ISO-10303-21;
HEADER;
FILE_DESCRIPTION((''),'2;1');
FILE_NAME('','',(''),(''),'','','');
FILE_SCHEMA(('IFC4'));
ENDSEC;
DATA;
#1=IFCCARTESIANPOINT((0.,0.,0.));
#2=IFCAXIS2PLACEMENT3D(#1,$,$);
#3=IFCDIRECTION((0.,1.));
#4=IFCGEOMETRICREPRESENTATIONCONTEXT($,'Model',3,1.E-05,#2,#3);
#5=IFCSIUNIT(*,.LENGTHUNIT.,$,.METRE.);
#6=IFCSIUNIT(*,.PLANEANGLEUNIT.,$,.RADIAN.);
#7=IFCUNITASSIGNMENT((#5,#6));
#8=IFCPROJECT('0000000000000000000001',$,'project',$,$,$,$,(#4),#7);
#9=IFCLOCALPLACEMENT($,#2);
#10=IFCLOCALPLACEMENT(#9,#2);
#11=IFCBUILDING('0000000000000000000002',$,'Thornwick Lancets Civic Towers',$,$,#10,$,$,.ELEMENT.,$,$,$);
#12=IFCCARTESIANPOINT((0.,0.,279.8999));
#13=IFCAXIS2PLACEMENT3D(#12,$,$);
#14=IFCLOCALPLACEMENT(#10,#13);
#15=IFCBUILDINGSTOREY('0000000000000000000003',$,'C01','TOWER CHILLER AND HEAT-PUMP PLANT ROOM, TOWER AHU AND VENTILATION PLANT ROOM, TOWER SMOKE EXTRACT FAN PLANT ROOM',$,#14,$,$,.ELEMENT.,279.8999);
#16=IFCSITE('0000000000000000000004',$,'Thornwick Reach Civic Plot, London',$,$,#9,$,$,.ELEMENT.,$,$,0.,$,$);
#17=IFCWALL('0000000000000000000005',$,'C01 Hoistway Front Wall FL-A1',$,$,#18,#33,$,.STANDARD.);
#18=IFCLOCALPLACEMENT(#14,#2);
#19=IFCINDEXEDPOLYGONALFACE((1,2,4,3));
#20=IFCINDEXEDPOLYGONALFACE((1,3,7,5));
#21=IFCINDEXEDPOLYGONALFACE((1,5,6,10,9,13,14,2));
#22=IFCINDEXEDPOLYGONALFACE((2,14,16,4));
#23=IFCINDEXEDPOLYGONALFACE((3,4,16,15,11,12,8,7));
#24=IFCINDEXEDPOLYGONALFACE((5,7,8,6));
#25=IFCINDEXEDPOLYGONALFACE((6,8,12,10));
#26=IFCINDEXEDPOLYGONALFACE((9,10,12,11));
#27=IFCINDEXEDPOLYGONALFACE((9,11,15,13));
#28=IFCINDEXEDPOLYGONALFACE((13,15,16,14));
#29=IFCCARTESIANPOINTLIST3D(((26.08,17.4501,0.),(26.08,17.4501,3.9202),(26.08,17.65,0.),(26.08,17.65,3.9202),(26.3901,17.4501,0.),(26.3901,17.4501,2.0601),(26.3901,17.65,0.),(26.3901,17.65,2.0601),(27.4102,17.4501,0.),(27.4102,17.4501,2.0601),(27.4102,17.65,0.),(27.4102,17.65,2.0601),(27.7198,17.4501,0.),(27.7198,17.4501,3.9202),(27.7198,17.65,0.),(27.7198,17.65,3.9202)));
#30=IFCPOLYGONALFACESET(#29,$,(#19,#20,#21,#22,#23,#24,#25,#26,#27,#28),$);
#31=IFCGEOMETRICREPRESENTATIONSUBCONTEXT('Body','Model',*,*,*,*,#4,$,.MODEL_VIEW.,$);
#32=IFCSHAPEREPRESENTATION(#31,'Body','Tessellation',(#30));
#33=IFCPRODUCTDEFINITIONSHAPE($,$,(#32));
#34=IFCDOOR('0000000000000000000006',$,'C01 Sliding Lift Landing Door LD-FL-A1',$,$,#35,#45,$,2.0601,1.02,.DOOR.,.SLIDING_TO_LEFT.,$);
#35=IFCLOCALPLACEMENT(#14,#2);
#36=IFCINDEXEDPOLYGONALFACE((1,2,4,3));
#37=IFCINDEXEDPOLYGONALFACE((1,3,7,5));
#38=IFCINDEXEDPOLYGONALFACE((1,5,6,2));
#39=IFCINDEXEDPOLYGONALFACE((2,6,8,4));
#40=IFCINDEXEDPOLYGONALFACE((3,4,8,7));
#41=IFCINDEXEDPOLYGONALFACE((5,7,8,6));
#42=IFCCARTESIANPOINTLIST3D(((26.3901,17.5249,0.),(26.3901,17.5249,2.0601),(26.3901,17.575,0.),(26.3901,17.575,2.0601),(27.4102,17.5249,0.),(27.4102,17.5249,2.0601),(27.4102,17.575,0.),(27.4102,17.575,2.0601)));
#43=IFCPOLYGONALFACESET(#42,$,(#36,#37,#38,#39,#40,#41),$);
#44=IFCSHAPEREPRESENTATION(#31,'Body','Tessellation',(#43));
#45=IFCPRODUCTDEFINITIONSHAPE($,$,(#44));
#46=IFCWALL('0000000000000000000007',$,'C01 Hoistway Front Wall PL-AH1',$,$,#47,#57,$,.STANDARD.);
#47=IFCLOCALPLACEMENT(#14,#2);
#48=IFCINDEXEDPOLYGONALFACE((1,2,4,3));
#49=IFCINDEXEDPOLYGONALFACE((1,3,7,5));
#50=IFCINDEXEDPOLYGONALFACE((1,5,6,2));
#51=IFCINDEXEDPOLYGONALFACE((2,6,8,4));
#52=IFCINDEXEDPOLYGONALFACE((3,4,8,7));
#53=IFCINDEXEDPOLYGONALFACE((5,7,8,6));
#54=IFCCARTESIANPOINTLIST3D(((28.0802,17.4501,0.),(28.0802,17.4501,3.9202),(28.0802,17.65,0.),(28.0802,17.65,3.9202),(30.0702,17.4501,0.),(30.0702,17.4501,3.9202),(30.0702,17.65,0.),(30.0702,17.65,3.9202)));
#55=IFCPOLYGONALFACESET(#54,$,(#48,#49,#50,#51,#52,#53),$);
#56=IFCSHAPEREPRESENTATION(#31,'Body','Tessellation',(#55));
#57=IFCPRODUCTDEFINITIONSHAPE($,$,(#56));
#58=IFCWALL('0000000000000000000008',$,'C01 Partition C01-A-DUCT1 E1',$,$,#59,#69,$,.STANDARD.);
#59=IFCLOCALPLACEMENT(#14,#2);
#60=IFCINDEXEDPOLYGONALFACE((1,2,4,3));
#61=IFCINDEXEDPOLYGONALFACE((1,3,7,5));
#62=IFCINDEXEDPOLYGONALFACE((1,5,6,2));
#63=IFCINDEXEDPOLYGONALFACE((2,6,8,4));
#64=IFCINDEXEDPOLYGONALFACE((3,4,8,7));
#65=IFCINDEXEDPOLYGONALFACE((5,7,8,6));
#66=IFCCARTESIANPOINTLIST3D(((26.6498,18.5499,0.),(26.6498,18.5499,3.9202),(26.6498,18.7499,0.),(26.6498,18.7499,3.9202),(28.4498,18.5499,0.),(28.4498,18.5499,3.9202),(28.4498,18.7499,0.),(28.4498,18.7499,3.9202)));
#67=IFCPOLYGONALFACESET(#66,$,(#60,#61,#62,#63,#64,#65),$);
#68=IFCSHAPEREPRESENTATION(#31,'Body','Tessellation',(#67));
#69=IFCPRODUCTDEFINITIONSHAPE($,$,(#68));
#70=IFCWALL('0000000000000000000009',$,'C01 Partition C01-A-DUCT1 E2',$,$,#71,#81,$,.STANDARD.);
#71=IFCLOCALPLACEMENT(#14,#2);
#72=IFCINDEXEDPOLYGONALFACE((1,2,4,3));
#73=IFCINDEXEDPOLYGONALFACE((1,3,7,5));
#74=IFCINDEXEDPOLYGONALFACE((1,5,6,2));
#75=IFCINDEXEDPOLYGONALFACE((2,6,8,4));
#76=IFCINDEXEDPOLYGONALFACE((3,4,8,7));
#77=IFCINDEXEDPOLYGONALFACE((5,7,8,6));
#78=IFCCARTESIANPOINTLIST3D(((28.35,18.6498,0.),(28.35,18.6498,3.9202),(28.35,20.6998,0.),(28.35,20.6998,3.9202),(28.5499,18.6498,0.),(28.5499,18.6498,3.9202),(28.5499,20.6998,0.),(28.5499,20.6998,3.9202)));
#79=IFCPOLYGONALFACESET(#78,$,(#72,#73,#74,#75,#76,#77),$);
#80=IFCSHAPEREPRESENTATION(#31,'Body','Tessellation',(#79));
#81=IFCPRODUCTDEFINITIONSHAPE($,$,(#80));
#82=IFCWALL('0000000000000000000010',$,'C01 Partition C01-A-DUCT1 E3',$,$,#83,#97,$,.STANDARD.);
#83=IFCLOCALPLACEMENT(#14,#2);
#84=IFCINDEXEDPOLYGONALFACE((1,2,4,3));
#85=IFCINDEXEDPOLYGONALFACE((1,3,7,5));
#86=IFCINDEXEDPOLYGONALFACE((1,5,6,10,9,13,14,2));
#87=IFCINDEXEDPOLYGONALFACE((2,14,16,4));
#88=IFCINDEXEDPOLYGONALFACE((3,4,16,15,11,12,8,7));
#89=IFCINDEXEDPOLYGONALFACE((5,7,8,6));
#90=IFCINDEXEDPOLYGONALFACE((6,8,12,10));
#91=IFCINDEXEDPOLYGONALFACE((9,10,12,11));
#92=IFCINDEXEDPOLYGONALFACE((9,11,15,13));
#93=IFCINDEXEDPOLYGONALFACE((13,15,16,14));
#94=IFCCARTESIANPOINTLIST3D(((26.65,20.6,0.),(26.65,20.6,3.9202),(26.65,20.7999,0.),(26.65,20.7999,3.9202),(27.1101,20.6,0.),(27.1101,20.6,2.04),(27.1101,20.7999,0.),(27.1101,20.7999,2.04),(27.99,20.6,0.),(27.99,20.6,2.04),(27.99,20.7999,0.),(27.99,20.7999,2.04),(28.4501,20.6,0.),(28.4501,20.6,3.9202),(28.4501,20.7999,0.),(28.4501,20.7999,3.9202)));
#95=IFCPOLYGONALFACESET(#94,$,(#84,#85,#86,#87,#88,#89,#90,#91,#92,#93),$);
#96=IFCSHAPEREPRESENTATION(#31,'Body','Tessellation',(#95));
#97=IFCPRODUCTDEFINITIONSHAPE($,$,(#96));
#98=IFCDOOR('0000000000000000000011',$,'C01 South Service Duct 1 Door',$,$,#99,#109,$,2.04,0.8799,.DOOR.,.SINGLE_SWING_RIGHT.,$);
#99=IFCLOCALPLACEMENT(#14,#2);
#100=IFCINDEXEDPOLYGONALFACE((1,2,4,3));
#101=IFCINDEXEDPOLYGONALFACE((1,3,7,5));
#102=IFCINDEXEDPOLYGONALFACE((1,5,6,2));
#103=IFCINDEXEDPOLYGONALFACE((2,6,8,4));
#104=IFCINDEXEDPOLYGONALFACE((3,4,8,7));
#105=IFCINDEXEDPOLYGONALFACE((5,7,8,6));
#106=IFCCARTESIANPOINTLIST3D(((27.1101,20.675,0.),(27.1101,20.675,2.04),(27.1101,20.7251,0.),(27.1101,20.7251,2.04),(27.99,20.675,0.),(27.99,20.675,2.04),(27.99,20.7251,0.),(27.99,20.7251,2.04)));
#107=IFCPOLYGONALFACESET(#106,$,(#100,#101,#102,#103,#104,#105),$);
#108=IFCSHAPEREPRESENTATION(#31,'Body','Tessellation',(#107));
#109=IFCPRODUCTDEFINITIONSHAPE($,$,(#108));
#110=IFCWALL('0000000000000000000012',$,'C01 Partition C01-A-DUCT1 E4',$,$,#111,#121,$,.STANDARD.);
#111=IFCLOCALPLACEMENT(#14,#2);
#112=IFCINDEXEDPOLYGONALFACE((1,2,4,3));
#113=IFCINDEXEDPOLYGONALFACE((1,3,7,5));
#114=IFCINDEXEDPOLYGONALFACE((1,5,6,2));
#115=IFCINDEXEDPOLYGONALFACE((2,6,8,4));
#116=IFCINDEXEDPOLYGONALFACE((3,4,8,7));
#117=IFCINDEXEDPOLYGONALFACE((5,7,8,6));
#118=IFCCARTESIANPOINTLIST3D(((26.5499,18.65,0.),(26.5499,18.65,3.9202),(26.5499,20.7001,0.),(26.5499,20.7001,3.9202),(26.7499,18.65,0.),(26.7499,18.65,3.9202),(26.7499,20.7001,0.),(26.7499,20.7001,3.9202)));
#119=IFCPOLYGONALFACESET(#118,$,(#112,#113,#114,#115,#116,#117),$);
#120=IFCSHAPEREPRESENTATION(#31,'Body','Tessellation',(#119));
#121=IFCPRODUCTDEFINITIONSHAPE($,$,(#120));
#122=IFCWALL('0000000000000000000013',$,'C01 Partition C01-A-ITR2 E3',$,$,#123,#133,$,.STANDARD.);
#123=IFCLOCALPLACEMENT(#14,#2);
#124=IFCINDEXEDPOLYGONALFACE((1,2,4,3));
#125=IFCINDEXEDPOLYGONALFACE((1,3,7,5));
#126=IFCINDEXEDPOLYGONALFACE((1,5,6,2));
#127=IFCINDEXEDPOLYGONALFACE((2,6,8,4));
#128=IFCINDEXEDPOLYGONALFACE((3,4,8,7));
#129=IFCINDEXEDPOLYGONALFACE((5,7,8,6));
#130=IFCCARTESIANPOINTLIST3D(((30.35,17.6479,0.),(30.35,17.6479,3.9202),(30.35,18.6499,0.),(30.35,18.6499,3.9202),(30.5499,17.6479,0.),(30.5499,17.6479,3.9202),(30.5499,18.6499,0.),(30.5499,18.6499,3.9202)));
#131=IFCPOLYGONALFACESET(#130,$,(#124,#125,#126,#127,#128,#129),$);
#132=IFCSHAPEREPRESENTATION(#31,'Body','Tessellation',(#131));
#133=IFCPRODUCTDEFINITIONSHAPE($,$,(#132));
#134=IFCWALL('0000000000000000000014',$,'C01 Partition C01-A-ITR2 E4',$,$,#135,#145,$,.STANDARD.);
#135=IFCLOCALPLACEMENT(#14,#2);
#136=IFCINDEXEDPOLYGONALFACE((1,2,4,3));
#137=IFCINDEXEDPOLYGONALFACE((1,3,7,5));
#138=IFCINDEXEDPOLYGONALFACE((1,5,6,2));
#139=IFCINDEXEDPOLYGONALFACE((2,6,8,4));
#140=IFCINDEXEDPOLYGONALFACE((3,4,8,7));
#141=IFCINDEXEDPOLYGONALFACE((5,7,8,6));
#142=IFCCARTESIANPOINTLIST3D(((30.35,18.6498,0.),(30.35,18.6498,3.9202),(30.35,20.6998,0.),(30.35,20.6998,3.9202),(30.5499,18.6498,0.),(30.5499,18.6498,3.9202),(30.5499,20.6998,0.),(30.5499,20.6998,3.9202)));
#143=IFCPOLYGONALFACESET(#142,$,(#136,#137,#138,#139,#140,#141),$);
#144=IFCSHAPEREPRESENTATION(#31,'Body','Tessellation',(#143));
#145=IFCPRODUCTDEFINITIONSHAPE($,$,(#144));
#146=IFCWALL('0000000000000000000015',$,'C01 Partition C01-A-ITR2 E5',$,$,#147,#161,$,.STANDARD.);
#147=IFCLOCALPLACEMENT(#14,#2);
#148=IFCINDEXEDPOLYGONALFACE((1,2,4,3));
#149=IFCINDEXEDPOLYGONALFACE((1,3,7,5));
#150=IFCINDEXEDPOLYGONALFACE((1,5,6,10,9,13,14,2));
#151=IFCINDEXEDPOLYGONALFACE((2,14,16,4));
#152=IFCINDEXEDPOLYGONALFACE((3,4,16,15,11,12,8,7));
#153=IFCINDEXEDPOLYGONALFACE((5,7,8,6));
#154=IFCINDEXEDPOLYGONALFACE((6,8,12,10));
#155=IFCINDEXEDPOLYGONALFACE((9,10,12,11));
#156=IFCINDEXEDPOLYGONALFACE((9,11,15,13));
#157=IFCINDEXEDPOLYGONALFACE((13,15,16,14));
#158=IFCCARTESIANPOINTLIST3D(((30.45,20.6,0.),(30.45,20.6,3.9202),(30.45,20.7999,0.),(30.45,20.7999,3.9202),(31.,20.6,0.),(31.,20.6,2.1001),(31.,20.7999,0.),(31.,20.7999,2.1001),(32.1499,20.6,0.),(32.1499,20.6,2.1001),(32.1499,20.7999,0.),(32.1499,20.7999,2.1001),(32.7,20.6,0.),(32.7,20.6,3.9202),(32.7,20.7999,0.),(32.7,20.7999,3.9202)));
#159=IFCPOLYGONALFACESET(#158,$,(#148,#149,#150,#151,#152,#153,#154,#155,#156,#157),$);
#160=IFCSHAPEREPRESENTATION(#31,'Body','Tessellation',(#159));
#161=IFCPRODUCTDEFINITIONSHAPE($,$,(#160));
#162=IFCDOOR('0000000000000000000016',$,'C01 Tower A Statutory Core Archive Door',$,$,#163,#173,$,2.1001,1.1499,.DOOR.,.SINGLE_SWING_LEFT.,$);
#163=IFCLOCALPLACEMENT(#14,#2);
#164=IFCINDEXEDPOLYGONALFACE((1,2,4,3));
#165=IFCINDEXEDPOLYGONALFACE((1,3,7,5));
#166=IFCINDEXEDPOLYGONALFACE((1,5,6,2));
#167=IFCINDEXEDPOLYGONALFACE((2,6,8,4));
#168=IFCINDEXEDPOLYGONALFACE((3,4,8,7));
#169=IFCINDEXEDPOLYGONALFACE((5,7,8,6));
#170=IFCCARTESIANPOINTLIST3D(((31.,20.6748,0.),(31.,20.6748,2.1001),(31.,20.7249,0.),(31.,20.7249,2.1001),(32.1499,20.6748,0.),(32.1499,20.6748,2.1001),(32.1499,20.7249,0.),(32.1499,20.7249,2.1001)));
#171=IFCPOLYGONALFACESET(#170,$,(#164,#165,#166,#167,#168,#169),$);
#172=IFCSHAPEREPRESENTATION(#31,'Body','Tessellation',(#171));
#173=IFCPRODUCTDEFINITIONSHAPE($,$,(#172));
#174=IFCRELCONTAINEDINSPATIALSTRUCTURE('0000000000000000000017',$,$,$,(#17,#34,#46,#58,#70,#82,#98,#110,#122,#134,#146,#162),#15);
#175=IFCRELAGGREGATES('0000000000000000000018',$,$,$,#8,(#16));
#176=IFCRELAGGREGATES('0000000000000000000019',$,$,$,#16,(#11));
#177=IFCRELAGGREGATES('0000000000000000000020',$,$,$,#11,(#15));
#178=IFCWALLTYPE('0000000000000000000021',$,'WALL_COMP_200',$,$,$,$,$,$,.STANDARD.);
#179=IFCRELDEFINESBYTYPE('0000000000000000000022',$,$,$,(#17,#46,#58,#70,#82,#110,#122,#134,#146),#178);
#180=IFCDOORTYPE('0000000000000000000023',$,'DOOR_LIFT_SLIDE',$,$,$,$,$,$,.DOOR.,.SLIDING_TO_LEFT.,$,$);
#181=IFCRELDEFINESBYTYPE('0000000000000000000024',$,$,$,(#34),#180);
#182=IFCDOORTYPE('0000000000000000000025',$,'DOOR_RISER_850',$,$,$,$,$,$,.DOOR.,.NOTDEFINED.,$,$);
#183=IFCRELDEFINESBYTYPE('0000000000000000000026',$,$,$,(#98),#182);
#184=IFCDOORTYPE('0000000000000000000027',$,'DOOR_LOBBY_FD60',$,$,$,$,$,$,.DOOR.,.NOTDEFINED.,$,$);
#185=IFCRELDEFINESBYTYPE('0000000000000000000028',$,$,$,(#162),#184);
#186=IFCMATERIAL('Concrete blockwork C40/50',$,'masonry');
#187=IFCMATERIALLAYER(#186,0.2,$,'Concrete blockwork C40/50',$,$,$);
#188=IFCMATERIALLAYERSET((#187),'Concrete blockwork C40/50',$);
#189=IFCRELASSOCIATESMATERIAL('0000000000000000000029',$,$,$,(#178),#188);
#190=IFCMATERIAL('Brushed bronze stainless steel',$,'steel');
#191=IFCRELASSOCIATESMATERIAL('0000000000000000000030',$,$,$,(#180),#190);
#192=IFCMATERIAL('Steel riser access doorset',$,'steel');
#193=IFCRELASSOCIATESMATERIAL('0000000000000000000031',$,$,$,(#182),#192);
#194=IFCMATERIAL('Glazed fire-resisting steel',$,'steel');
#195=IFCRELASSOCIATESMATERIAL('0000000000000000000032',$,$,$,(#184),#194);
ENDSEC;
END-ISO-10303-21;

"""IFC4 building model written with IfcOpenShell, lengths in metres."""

from ifc_helpers import new_model, si_unit, direction, frame, frame_2d, origin, place, context, subcontext, project, spatial, rectangle, extrude, material, layer, layer_set, type_object, element, fill, save


model = new_model("IFC4")

# Units and contexts
model_context = context("Model", 3, precision=1e-05, world=origin(), true_north=direction((0.0, 1.0)))
body_context = subcontext(model_context, "Body", "Model", "MODEL_VIEW")
ifc_project = project(units=[si_unit("LENGTHUNIT", "METRE"), si_unit("PLANEANGLEUNIT", "RADIAN")], contexts=[model_context])

# Site, building, storey
site_placement = place(None, origin())
site = spatial("IfcSite", under=ifc_project, at=site_placement, Name="Thornwick Reach Civic Plot, London", CompositionType="ELEMENT", RefElevation=0.0)
building_placement = place(site_placement, origin())
building = spatial("IfcBuilding", under=site, at=building_placement, Name="Thornwick Lancets Civic Towers", CompositionType="ELEMENT")
storey_placement = place(building_placement, frame((0.0, 0.0, 279.8999)))
storey = spatial("IfcBuildingStorey", under=building, at=storey_placement, Name="C01", Description="TOWER CHILLER AND HEAT-PUMP PLANT ROOM, TOWER AHU AND VENTILATION PLANT ROOM, TOWER SMOKE EXTRACT FAN PLANT ROOM", CompositionType="ELEMENT", Elevation=279.8999)

# Wall, opening, door
ifc_material_1 = material(Name="Concrete blockwork C40/50", Category="masonry")
ifc_layer_1 = layer(ifc_material_1, 0.2, Name="Concrete blockwork C40/50")
ifc_layer_set_1 = layer_set([ifc_layer_1], Name="Concrete blockwork C40/50")
wall_type_1 = type_object("IfcWallType", Name="WALL_COMP_200", PredefinedType="STANDARD", material=ifc_layer_set_1)
wall_1_placement = place(storey_placement, frame((26.0801, 17.55, 0.0), z_axis=(0.0, 0.0, 1.0), x_axis=(1.0, 0.0, 0.0)))
wall_1 = element("IfcWall", 1, at=wall_1_placement, inside=storey, type_object=wall_type_1, Name="C01 Hoistway Front Wall FL-A1", PredefinedType="STANDARD", context=body_context, shape_type="SweptSolid", body=[
    extrude(rectangle(XDim=1.6399, YDim=0.2, at=frame_2d((0.8198, 0.0))), origin(), (0.0, 0.0, 1.0), 3.9202),
])
opening_1_placement = place(wall_1_placement, frame((0.3101, 0.0, 0.0)))
opening_1 = element("IfcOpeningElement", 2, at=opening_1_placement, cuts=wall_1, PredefinedType="OPENING", context=body_context, shape_type="SweptSolid", body=[
    extrude(rectangle(XDim=1.02, YDim=2.0601, at=frame_2d((0.51, 1.03))), frame((0.0, 0.1099, 0.0), z_axis=(0.0, -1.0, 0.0), x_axis=(1.0, 0.0, 0.0)), (0.0, 0.0, 1.0), 0.22),
])
ifc_material_2 = material(Name="Brushed bronze stainless steel", Category="steel")
door_type_1 = type_object("IfcDoorType", Name="DOOR_LIFT_SLIDE", OperationType="SLIDING_TO_LEFT", PredefinedType="DOOR", material=ifc_material_2)
door_1_placement = place(opening_1_placement, origin())
door_1 = element("IfcDoor", 3, at=door_1_placement, inside=storey, type_object=door_type_1, Name="C01 Sliding Lift Landing Door LD-FL-A1", OperationType="SLIDING_TO_LEFT", OverallHeight=2.0601, OverallWidth=1.02, PredefinedType="DOOR", context=body_context, shape_type="SweptSolid", body=[
    extrude(rectangle(XDim=1.02, YDim=2.0601, at=frame_2d((0.51, 1.03))), frame((0.0, 0.0249, 0.0), z_axis=(0.0, -1.0, 0.0), x_axis=(1.0, 0.0, 0.0)), (0.0, 0.0, 1.0), 0.05),
])
fill(opening_1, door_1)

# Walls
wall_2_placement = place(storey_placement, frame((28.0801, 17.55, 0.0), z_axis=(0.0, 0.0, 1.0), x_axis=(1.0, 0.0, 0.0)))
element("IfcWall", 4, at=wall_2_placement, inside=storey, type_object=wall_type_1, Name="C01 Hoistway Front Wall PL-AH1", PredefinedType="STANDARD", context=body_context, shape_type="SweptSolid", body=[
    extrude(rectangle(XDim=1.99, YDim=0.2, at=frame_2d((0.9951, 0.0))), origin(), (0.0, 0.0, 1.0), 3.9202),
])
wall_3_placement = place(storey_placement, frame((26.6499, 18.6499, 0.0), z_axis=(0.0, 0.0, 1.0), x_axis=(1.0, 0.0, 0.0)))
element("IfcWall", 5, at=wall_3_placement, inside=storey, type_object=wall_type_1, Name="C01 Partition C01-A-DUCT1 E1", PredefinedType="STANDARD", context=body_context, shape_type="SweptSolid", body=[
    extrude(rectangle(XDim=1.8, YDim=0.2, at=frame_2d((0.8999, 0.0))), origin(), (0.0, 0.0, 1.0), 3.9202),
])
wall_4_placement = place(storey_placement, frame((28.45, 18.6499, 0.0), z_axis=(0.0, 0.0, 1.0), x_axis=(0.0, 1.0, 0.0)))
element("IfcWall", 6, at=wall_4_placement, inside=storey, type_object=wall_type_1, Name="C01 Partition C01-A-DUCT1 E2", PredefinedType="STANDARD", context=body_context, shape_type="SweptSolid", body=[
    extrude(rectangle(XDim=2.05, YDim=0.2, at=frame_2d((1.0249, 0.0))), origin(), (0.0, 0.0, 1.0), 3.9202),
])

# Wall, opening, door
wall_5_placement = place(storey_placement, frame((28.45, 20.7, 0.0), z_axis=(0.0, 0.0, 1.0), x_axis=(-1.0, 0.0, 0.0)))
wall_5 = element("IfcWall", 7, at=wall_5_placement, inside=storey, type_object=wall_type_1, Name="C01 Partition C01-A-DUCT1 E3", PredefinedType="STANDARD", context=body_context, shape_type="SweptSolid", body=[
    extrude(rectangle(XDim=1.8, YDim=0.2, at=frame_2d((0.8999, 0.0))), origin(), (0.0, 0.0, 1.0), 3.9202),
])
opening_2_placement = place(wall_5_placement, frame((0.46, 0.0, 0.0)))
opening_2 = element("IfcOpeningElement", 8, at=opening_2_placement, cuts=wall_5, PredefinedType="OPENING", context=body_context, shape_type="SweptSolid", body=[
    extrude(rectangle(XDim=0.8799, YDim=2.04, at=frame_2d((0.4399, 1.02))), frame((0.0, 0.1099, 0.0), z_axis=(0.0, -1.0, 0.0), x_axis=(1.0, 0.0, 0.0)), (0.0, 0.0, 1.0), 0.22),
])
ifc_material_3 = material(Name="Steel riser access doorset", Category="steel")
door_type_2 = type_object("IfcDoorType", Name="DOOR_RISER_850", OperationType="NOTDEFINED", PredefinedType="DOOR", material=ifc_material_3)
door_2_placement = place(opening_2_placement, origin())
door_2 = element("IfcDoor", 9, at=door_2_placement, inside=storey, type_object=door_type_2, Name="C01 South Service Duct 1 Door", OperationType="SINGLE_SWING_RIGHT", OverallHeight=2.04, OverallWidth=0.8799, PredefinedType="DOOR", context=body_context, shape_type="SweptSolid", body=[
    extrude(rectangle(XDim=0.8799, YDim=2.04, at=frame_2d((0.4399, 1.02))), frame((0.0, 0.0249, 0.0), z_axis=(0.0, -1.0, 0.0), x_axis=(1.0, 0.0, 0.0)), (0.0, 0.0, 1.0), 0.05),
])
fill(opening_2, door_2)

# Walls
wall_6_placement = place(storey_placement, frame((26.6499, 20.7, 0.0), z_axis=(0.0, 0.0, 1.0), x_axis=(0.0, -1.0, 0.0)))
element("IfcWall", 10, at=wall_6_placement, inside=storey, type_object=wall_type_1, Name="C01 Partition C01-A-DUCT1 E4", PredefinedType="STANDARD", context=body_context, shape_type="SweptSolid", body=[
    extrude(rectangle(XDim=2.05, YDim=0.2, at=frame_2d((1.0249, 0.0))), origin(), (0.0, 0.0, 1.0), 3.9202),
])
wall_7_placement = place(storey_placement, frame((30.45, 17.6479, 0.0), z_axis=(0.0, 0.0, 1.0), x_axis=(0.0, 1.0, 0.0)))
element("IfcWall", 11, at=wall_7_placement, inside=storey, type_object=wall_type_1, Name="C01 Partition C01-A-ITR2 E3", PredefinedType="STANDARD", context=body_context, shape_type="SweptSolid", body=[
    extrude(rectangle(XDim=1.002, YDim=0.2, at=frame_2d((0.501, 0.0))), origin(), (0.0, 0.0, 1.0), 3.9202),
])
wall_8_placement = place(storey_placement, frame((30.45, 18.6499, 0.0), z_axis=(0.0, 0.0, 1.0), x_axis=(0.0, 1.0, 0.0)))
element("IfcWall", 12, at=wall_8_placement, inside=storey, type_object=wall_type_1, Name="C01 Partition C01-A-ITR2 E4", PredefinedType="STANDARD", context=body_context, shape_type="SweptSolid", body=[
    extrude(rectangle(XDim=2.05, YDim=0.2, at=frame_2d((1.0249, 0.0))), origin(), (0.0, 0.0, 1.0), 3.9202),
])

# Wall, opening, door
wall_9_placement = place(storey_placement, frame((30.45, 20.7, 0.0), z_axis=(0.0, 0.0, 1.0), x_axis=(1.0, 0.0, 0.0)))
wall_9 = element("IfcWall", 13, at=wall_9_placement, inside=storey, type_object=wall_type_1, Name="C01 Partition C01-A-ITR2 E5", PredefinedType="STANDARD", context=body_context, shape_type="SweptSolid", body=[
    extrude(rectangle(XDim=2.25, YDim=0.2, at=frame_2d((1.125, 0.0))), origin(), (0.0, 0.0, 1.0), 3.9202),
])
opening_3_placement = place(wall_9_placement, frame((0.55, 0.0, 0.0)))
opening_3 = element("IfcOpeningElement", 14, at=opening_3_placement, cuts=wall_9, PredefinedType="OPENING", context=body_context, shape_type="SweptSolid", body=[
    extrude(rectangle(XDim=1.1499, YDim=2.1001, at=frame_2d((0.575, 1.05))), frame((0.0, 0.1099, 0.0), z_axis=(0.0, -1.0, 0.0), x_axis=(1.0, 0.0, 0.0)), (0.0, 0.0, 1.0), 0.22),
])
ifc_material_4 = material(Name="Glazed fire-resisting steel", Category="steel")
door_type_3 = type_object("IfcDoorType", Name="DOOR_LOBBY_FD60", OperationType="NOTDEFINED", PredefinedType="DOOR", material=ifc_material_4)
door_3_placement = place(opening_3_placement, origin())
door_3 = element("IfcDoor", 15, at=door_3_placement, inside=storey, type_object=door_type_3, Name="C01 Tower A Statutory Core Archive Door", OperationType="SINGLE_SWING_LEFT", OverallHeight=2.1001, OverallWidth=1.1499, PredefinedType="DOOR", context=body_context, shape_type="SweptSolid", body=[
    extrude(rectangle(XDim=1.1499, YDim=2.1001, at=frame_2d((0.575, 1.05))), frame((0.0, 0.0249, 0.0), z_axis=(0.0, -1.0, 0.0), x_axis=(1.0, 0.0, 0.0)), (0.0, 0.0, 1.0), 0.05),
])
fill(opening_3, door_3)

save(model, "model.ifc")
